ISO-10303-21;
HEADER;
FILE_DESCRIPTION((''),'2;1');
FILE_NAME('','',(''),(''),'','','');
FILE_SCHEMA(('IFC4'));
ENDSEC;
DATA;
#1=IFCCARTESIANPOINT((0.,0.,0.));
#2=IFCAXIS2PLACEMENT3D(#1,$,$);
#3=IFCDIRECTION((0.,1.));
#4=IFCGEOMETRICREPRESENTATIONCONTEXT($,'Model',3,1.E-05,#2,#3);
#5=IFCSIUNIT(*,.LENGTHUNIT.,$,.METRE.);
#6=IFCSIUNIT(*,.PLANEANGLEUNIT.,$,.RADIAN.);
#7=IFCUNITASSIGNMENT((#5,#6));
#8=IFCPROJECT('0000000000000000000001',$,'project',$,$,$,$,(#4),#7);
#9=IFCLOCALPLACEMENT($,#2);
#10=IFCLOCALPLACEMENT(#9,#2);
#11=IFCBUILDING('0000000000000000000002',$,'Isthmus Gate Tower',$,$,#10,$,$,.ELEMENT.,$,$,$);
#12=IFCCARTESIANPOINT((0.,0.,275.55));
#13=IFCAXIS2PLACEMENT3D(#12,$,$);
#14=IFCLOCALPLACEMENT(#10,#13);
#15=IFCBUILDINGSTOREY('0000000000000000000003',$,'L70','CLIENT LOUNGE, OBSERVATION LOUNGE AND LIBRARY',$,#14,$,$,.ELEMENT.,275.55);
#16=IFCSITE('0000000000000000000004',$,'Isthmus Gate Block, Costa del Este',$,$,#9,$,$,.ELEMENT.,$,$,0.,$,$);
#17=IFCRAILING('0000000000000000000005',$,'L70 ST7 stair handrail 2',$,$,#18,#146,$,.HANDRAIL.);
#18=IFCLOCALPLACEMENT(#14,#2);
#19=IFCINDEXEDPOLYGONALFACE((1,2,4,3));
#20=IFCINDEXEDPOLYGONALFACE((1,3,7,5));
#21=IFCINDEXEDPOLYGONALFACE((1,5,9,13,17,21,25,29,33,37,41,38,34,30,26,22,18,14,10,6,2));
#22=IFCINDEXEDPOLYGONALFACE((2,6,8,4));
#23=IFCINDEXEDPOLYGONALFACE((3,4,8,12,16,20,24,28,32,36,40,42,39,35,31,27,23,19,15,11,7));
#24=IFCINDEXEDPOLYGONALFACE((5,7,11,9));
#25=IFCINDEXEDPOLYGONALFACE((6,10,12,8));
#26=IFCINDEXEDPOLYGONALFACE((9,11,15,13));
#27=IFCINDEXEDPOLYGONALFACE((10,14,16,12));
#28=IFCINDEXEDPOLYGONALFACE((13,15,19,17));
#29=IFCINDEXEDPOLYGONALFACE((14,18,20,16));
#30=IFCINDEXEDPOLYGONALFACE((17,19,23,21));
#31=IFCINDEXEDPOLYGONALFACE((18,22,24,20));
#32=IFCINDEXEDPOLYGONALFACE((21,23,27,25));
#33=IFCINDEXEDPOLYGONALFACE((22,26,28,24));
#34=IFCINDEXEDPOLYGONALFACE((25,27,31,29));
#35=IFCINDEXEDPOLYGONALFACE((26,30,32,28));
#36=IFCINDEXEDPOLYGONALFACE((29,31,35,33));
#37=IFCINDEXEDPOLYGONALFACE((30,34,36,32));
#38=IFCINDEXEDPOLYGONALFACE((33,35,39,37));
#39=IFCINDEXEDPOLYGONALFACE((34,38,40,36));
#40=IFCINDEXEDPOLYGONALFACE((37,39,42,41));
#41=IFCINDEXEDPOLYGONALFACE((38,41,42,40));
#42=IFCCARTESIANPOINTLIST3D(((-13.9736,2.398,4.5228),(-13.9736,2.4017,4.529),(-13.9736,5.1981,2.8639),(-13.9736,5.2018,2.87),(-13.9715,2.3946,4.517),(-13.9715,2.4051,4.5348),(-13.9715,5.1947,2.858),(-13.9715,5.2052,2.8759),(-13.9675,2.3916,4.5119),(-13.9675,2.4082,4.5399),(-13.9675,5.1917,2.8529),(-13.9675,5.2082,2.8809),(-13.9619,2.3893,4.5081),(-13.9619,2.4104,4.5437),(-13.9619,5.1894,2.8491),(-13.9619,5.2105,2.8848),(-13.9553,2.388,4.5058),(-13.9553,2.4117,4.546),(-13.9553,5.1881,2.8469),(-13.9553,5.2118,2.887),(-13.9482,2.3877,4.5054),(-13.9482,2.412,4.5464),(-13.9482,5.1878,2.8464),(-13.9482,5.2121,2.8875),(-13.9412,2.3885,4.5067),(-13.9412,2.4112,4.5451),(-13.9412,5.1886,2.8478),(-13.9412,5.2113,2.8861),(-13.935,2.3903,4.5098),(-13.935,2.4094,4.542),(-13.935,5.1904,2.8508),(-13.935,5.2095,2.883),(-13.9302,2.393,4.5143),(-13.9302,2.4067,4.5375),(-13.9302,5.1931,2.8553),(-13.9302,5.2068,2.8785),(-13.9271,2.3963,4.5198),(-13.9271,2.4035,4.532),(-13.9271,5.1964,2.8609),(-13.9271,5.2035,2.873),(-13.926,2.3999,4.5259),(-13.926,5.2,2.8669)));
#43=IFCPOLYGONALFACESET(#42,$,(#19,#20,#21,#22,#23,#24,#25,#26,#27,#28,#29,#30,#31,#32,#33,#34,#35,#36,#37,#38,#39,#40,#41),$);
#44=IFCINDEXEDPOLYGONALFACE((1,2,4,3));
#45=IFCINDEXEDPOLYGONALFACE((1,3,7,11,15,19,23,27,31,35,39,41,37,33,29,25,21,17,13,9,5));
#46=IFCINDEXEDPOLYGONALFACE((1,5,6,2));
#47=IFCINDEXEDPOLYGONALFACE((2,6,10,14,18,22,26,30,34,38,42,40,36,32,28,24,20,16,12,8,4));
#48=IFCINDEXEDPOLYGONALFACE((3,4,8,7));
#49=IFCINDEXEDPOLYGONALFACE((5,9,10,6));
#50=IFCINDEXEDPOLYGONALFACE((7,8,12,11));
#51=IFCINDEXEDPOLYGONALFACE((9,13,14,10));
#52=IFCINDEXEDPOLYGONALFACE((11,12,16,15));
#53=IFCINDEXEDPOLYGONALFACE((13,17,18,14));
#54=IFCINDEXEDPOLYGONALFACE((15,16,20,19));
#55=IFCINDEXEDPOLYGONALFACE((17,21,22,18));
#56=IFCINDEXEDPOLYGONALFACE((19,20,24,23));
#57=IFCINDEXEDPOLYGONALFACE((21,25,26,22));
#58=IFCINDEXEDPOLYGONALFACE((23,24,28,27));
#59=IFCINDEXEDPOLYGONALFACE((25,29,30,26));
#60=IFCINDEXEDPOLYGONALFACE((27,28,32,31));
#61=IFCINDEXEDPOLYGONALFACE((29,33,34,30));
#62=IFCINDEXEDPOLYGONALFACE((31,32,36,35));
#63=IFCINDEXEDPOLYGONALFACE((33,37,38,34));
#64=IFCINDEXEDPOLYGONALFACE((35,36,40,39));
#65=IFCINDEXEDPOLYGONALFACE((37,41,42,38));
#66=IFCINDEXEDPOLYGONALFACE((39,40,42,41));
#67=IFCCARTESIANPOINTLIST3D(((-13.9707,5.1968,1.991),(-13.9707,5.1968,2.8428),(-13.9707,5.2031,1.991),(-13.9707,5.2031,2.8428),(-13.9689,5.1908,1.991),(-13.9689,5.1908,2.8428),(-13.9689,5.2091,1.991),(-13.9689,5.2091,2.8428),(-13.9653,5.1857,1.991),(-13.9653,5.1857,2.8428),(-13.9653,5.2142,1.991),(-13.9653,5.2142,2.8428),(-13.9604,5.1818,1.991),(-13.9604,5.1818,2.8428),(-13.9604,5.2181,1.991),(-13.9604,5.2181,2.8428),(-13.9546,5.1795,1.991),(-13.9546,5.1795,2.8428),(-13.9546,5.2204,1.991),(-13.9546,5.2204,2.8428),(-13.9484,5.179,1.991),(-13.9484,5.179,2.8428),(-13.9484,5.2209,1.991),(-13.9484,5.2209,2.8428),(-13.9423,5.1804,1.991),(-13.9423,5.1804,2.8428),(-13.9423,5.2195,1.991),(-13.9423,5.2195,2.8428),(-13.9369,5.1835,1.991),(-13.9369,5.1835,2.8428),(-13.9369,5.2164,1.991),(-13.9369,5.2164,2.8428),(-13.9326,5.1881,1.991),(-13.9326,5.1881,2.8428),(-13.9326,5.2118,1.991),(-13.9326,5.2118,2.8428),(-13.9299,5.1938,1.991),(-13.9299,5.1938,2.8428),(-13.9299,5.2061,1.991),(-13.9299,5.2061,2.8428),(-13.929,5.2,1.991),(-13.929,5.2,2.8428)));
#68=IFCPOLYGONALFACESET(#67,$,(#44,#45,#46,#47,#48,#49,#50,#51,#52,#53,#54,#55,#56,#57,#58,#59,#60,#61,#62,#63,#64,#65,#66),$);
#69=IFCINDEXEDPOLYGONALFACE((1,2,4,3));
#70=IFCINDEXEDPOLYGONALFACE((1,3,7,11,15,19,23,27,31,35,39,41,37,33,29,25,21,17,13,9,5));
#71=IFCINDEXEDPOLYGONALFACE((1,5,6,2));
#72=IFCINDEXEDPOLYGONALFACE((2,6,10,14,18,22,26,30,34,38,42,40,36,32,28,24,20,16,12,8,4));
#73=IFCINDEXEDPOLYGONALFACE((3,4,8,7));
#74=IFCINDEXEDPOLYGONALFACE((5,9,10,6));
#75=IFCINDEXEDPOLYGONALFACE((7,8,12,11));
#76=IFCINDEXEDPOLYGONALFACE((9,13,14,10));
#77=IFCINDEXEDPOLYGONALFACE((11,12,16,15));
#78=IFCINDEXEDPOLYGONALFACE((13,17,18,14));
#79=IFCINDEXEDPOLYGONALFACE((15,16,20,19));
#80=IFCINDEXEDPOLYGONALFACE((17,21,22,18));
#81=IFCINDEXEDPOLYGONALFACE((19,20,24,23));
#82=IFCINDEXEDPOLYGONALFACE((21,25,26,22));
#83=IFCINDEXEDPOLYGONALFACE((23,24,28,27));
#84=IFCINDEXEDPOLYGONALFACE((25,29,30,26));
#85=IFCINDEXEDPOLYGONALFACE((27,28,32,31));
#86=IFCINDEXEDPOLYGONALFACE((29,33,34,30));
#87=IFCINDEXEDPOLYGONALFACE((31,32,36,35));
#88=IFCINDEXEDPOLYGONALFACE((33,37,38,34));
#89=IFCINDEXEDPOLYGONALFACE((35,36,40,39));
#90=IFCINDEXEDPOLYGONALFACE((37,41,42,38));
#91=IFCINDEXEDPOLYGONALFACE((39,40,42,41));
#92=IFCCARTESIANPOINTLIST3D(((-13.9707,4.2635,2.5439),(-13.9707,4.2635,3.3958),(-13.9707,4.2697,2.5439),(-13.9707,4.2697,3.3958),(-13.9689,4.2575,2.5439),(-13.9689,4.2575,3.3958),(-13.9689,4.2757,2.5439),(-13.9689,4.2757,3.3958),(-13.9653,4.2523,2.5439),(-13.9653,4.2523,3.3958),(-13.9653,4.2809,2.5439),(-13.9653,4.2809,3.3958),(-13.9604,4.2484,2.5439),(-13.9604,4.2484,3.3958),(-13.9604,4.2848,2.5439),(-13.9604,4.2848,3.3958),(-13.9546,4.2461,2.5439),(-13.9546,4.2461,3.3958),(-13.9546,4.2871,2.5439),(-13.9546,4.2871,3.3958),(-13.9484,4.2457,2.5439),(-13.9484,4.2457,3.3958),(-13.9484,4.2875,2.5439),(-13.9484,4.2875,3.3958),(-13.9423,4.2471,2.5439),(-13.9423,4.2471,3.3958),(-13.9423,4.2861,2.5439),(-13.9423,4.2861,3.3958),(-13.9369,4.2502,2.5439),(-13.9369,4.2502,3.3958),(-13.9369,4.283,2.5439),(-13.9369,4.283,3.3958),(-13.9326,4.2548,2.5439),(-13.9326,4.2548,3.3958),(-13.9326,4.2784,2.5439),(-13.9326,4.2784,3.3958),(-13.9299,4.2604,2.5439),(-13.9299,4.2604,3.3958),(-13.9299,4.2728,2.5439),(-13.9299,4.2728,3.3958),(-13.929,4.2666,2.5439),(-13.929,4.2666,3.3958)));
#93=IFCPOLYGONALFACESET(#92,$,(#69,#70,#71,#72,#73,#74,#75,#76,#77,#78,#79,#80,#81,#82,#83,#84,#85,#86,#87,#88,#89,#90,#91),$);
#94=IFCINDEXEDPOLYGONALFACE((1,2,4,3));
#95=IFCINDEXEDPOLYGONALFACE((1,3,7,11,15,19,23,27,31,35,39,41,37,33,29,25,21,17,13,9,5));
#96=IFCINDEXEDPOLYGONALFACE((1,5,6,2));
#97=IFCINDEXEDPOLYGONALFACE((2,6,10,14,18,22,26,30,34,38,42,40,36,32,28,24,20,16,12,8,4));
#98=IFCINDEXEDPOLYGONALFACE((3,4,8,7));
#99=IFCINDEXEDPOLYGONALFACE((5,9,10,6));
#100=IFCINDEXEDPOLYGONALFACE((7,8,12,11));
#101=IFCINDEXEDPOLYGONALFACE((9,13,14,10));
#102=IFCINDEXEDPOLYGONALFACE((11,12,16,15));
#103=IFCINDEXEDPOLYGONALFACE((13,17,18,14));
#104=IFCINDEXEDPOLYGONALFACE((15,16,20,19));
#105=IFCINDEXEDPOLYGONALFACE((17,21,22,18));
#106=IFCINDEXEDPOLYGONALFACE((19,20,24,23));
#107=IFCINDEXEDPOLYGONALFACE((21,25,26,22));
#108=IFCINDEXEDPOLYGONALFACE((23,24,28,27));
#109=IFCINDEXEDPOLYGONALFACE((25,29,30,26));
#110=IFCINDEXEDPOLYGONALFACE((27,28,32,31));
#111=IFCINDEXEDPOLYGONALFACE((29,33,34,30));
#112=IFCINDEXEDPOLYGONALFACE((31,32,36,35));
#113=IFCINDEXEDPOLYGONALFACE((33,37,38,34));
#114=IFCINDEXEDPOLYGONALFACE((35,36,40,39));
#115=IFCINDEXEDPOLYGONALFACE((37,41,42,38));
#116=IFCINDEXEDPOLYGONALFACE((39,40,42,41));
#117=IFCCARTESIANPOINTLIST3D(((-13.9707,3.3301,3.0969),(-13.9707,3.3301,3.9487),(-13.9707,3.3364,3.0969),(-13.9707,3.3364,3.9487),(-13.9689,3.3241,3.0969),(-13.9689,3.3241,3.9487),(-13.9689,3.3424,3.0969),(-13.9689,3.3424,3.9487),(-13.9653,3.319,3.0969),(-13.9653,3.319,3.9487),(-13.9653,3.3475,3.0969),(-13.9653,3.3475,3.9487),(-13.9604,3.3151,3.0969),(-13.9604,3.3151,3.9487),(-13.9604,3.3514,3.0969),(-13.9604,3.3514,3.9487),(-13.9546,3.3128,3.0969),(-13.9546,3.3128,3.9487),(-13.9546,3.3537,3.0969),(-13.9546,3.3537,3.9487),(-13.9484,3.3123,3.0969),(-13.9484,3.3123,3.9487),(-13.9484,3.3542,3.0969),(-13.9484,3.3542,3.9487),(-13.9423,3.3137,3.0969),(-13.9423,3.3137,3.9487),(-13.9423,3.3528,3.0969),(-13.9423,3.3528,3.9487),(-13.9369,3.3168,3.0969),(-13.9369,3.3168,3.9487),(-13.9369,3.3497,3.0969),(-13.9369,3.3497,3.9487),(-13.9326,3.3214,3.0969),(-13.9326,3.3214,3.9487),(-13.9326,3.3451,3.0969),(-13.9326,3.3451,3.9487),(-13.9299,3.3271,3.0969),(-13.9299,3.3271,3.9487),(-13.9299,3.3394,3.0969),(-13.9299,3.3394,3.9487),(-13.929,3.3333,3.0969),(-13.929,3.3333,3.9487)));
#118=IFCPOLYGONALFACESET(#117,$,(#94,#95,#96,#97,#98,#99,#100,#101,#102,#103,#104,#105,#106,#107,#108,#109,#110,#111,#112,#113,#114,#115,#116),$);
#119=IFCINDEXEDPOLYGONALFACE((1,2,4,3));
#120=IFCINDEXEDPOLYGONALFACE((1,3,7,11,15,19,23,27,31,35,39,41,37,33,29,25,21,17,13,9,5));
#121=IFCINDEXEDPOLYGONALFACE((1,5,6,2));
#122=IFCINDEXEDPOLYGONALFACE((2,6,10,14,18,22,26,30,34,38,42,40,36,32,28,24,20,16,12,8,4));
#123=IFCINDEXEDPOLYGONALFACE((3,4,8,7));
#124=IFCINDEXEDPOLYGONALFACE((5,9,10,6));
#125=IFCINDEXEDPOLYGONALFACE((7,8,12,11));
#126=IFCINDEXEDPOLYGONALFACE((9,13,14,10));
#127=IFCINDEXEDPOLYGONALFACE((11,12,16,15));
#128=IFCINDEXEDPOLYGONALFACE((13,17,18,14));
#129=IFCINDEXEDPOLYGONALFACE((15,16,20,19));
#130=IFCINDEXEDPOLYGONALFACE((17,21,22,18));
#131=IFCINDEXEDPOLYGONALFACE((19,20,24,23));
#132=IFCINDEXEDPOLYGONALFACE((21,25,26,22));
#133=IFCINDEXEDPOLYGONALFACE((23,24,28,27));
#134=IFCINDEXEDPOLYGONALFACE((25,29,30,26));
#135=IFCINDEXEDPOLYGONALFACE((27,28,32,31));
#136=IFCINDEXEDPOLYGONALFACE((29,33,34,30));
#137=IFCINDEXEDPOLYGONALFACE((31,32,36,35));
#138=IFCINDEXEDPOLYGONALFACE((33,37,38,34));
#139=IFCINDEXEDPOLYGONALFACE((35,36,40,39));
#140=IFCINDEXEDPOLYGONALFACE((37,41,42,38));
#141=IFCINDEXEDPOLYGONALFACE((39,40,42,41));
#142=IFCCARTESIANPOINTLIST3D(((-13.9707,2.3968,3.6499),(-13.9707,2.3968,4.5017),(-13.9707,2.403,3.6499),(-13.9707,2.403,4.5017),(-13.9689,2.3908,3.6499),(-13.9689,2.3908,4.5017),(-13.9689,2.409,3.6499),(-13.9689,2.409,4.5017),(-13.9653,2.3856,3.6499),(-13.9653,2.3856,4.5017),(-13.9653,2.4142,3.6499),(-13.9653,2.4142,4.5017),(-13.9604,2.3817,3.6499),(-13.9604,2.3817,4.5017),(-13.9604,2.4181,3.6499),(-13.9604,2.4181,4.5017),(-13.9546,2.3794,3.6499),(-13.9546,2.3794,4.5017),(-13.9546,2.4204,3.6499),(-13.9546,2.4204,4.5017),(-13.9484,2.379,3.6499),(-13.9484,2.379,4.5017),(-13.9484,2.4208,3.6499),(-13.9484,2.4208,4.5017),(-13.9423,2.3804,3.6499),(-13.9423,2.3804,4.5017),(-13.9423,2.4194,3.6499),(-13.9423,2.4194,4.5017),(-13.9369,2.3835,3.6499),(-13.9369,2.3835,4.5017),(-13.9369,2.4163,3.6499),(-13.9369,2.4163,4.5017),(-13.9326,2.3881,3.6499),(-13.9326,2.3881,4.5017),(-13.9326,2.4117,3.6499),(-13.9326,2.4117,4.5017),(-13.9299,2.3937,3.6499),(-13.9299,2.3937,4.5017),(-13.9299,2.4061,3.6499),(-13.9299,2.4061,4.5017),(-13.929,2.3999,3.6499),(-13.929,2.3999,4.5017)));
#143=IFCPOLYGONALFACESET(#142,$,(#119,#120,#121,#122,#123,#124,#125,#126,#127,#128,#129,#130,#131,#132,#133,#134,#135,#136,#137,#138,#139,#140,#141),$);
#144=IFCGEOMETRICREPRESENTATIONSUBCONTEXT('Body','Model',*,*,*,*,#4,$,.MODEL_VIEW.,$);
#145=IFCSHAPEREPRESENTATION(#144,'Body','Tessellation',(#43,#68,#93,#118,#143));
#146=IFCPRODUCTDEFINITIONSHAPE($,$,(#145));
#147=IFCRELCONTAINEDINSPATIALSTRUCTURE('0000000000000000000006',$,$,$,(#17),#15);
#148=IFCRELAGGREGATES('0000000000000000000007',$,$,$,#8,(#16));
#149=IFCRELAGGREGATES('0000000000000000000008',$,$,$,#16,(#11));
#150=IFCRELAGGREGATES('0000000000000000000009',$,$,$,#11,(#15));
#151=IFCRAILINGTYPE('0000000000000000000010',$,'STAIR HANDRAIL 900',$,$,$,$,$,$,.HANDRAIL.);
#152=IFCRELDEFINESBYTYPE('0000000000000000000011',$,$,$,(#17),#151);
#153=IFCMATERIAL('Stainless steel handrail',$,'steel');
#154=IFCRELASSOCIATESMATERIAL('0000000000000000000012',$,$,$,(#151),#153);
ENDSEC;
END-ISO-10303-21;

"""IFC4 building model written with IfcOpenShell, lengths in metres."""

from ifc_helpers import new_model, si_unit, direction, frame, origin, origin_2d, place, context, subcontext, project, spatial, circle, extrude, material, type_object, element, save


model = new_model("IFC4")

# Units and contexts
model_context = context("Model", 3, precision=1e-05, world=origin(), true_north=direction((0.0, 1.0)))
body_context = subcontext(model_context, "Body", "Model", "MODEL_VIEW")
ifc_project = project(units=[si_unit("LENGTHUNIT", "METRE"), si_unit("PLANEANGLEUNIT", "RADIAN")], contexts=[model_context])

# Site, building, storey
site_placement = place(None, origin())
site = spatial("IfcSite", under=ifc_project, at=site_placement, Name="Isthmus Gate Block, Costa del Este", CompositionType="ELEMENT", RefElevation=0.0)
building_placement = place(site_placement, origin())
building = spatial("IfcBuilding", under=site, at=building_placement, Name="Isthmus Gate Tower", CompositionType="ELEMENT")
storey_placement = place(building_placement, frame((0.0, 0.0, 275.55)))
storey = spatial("IfcBuildingStorey", under=building, at=storey_placement, Name="L70", Description="CLIENT LOUNGE, OBSERVATION LOUNGE AND LIBRARY", CompositionType="ELEMENT", Elevation=275.55)

# Railing
ifc_material_1 = material(Name="Stainless steel handrail", Category="steel")
railing_type = type_object("IfcRailingType", Name="STAIR HANDRAIL 900", PredefinedType="HANDRAIL", material=ifc_material_1)
railing_1_placement = place(storey_placement, frame((-13.95, 5.2, 1.991)))
element("IfcRailing", 1, at=railing_1_placement, inside=storey, type_object=railing_type, Name="L70 ST7 stair handrail 2", PredefinedType="HANDRAIL", context=body_context, shape_type="SweptSolid", body=[
    extrude(circle(Radius=0.0239, at=origin_2d()), frame((0.0, 0.0, 0.876), z_axis=(0.0, -0.860339, 0.509722), x_axis=(1.0, 0.0, 0.0)), (0.0, 0.0, 1.0), 3.2546),
    extrude(circle(Radius=0.021, at=origin_2d()), origin(), (0.0, 0.0, 1.0), 0.8518),
    extrude(circle(Radius=0.021, at=origin_2d()), frame((0.0, -0.9333, 0.553)), (0.0, 0.0, 1.0), 0.8518),
    extrude(circle(Radius=0.021, at=origin_2d()), frame((0.0, -1.8667, 1.106)), (0.0, 0.0, 1.0), 0.8518),
    extrude(circle(Radius=0.021, at=origin_2d()), frame((0.0, -2.8, 1.6589)), (0.0, 0.0, 1.0), 0.8518),
])

save(model, "model.ifc")
